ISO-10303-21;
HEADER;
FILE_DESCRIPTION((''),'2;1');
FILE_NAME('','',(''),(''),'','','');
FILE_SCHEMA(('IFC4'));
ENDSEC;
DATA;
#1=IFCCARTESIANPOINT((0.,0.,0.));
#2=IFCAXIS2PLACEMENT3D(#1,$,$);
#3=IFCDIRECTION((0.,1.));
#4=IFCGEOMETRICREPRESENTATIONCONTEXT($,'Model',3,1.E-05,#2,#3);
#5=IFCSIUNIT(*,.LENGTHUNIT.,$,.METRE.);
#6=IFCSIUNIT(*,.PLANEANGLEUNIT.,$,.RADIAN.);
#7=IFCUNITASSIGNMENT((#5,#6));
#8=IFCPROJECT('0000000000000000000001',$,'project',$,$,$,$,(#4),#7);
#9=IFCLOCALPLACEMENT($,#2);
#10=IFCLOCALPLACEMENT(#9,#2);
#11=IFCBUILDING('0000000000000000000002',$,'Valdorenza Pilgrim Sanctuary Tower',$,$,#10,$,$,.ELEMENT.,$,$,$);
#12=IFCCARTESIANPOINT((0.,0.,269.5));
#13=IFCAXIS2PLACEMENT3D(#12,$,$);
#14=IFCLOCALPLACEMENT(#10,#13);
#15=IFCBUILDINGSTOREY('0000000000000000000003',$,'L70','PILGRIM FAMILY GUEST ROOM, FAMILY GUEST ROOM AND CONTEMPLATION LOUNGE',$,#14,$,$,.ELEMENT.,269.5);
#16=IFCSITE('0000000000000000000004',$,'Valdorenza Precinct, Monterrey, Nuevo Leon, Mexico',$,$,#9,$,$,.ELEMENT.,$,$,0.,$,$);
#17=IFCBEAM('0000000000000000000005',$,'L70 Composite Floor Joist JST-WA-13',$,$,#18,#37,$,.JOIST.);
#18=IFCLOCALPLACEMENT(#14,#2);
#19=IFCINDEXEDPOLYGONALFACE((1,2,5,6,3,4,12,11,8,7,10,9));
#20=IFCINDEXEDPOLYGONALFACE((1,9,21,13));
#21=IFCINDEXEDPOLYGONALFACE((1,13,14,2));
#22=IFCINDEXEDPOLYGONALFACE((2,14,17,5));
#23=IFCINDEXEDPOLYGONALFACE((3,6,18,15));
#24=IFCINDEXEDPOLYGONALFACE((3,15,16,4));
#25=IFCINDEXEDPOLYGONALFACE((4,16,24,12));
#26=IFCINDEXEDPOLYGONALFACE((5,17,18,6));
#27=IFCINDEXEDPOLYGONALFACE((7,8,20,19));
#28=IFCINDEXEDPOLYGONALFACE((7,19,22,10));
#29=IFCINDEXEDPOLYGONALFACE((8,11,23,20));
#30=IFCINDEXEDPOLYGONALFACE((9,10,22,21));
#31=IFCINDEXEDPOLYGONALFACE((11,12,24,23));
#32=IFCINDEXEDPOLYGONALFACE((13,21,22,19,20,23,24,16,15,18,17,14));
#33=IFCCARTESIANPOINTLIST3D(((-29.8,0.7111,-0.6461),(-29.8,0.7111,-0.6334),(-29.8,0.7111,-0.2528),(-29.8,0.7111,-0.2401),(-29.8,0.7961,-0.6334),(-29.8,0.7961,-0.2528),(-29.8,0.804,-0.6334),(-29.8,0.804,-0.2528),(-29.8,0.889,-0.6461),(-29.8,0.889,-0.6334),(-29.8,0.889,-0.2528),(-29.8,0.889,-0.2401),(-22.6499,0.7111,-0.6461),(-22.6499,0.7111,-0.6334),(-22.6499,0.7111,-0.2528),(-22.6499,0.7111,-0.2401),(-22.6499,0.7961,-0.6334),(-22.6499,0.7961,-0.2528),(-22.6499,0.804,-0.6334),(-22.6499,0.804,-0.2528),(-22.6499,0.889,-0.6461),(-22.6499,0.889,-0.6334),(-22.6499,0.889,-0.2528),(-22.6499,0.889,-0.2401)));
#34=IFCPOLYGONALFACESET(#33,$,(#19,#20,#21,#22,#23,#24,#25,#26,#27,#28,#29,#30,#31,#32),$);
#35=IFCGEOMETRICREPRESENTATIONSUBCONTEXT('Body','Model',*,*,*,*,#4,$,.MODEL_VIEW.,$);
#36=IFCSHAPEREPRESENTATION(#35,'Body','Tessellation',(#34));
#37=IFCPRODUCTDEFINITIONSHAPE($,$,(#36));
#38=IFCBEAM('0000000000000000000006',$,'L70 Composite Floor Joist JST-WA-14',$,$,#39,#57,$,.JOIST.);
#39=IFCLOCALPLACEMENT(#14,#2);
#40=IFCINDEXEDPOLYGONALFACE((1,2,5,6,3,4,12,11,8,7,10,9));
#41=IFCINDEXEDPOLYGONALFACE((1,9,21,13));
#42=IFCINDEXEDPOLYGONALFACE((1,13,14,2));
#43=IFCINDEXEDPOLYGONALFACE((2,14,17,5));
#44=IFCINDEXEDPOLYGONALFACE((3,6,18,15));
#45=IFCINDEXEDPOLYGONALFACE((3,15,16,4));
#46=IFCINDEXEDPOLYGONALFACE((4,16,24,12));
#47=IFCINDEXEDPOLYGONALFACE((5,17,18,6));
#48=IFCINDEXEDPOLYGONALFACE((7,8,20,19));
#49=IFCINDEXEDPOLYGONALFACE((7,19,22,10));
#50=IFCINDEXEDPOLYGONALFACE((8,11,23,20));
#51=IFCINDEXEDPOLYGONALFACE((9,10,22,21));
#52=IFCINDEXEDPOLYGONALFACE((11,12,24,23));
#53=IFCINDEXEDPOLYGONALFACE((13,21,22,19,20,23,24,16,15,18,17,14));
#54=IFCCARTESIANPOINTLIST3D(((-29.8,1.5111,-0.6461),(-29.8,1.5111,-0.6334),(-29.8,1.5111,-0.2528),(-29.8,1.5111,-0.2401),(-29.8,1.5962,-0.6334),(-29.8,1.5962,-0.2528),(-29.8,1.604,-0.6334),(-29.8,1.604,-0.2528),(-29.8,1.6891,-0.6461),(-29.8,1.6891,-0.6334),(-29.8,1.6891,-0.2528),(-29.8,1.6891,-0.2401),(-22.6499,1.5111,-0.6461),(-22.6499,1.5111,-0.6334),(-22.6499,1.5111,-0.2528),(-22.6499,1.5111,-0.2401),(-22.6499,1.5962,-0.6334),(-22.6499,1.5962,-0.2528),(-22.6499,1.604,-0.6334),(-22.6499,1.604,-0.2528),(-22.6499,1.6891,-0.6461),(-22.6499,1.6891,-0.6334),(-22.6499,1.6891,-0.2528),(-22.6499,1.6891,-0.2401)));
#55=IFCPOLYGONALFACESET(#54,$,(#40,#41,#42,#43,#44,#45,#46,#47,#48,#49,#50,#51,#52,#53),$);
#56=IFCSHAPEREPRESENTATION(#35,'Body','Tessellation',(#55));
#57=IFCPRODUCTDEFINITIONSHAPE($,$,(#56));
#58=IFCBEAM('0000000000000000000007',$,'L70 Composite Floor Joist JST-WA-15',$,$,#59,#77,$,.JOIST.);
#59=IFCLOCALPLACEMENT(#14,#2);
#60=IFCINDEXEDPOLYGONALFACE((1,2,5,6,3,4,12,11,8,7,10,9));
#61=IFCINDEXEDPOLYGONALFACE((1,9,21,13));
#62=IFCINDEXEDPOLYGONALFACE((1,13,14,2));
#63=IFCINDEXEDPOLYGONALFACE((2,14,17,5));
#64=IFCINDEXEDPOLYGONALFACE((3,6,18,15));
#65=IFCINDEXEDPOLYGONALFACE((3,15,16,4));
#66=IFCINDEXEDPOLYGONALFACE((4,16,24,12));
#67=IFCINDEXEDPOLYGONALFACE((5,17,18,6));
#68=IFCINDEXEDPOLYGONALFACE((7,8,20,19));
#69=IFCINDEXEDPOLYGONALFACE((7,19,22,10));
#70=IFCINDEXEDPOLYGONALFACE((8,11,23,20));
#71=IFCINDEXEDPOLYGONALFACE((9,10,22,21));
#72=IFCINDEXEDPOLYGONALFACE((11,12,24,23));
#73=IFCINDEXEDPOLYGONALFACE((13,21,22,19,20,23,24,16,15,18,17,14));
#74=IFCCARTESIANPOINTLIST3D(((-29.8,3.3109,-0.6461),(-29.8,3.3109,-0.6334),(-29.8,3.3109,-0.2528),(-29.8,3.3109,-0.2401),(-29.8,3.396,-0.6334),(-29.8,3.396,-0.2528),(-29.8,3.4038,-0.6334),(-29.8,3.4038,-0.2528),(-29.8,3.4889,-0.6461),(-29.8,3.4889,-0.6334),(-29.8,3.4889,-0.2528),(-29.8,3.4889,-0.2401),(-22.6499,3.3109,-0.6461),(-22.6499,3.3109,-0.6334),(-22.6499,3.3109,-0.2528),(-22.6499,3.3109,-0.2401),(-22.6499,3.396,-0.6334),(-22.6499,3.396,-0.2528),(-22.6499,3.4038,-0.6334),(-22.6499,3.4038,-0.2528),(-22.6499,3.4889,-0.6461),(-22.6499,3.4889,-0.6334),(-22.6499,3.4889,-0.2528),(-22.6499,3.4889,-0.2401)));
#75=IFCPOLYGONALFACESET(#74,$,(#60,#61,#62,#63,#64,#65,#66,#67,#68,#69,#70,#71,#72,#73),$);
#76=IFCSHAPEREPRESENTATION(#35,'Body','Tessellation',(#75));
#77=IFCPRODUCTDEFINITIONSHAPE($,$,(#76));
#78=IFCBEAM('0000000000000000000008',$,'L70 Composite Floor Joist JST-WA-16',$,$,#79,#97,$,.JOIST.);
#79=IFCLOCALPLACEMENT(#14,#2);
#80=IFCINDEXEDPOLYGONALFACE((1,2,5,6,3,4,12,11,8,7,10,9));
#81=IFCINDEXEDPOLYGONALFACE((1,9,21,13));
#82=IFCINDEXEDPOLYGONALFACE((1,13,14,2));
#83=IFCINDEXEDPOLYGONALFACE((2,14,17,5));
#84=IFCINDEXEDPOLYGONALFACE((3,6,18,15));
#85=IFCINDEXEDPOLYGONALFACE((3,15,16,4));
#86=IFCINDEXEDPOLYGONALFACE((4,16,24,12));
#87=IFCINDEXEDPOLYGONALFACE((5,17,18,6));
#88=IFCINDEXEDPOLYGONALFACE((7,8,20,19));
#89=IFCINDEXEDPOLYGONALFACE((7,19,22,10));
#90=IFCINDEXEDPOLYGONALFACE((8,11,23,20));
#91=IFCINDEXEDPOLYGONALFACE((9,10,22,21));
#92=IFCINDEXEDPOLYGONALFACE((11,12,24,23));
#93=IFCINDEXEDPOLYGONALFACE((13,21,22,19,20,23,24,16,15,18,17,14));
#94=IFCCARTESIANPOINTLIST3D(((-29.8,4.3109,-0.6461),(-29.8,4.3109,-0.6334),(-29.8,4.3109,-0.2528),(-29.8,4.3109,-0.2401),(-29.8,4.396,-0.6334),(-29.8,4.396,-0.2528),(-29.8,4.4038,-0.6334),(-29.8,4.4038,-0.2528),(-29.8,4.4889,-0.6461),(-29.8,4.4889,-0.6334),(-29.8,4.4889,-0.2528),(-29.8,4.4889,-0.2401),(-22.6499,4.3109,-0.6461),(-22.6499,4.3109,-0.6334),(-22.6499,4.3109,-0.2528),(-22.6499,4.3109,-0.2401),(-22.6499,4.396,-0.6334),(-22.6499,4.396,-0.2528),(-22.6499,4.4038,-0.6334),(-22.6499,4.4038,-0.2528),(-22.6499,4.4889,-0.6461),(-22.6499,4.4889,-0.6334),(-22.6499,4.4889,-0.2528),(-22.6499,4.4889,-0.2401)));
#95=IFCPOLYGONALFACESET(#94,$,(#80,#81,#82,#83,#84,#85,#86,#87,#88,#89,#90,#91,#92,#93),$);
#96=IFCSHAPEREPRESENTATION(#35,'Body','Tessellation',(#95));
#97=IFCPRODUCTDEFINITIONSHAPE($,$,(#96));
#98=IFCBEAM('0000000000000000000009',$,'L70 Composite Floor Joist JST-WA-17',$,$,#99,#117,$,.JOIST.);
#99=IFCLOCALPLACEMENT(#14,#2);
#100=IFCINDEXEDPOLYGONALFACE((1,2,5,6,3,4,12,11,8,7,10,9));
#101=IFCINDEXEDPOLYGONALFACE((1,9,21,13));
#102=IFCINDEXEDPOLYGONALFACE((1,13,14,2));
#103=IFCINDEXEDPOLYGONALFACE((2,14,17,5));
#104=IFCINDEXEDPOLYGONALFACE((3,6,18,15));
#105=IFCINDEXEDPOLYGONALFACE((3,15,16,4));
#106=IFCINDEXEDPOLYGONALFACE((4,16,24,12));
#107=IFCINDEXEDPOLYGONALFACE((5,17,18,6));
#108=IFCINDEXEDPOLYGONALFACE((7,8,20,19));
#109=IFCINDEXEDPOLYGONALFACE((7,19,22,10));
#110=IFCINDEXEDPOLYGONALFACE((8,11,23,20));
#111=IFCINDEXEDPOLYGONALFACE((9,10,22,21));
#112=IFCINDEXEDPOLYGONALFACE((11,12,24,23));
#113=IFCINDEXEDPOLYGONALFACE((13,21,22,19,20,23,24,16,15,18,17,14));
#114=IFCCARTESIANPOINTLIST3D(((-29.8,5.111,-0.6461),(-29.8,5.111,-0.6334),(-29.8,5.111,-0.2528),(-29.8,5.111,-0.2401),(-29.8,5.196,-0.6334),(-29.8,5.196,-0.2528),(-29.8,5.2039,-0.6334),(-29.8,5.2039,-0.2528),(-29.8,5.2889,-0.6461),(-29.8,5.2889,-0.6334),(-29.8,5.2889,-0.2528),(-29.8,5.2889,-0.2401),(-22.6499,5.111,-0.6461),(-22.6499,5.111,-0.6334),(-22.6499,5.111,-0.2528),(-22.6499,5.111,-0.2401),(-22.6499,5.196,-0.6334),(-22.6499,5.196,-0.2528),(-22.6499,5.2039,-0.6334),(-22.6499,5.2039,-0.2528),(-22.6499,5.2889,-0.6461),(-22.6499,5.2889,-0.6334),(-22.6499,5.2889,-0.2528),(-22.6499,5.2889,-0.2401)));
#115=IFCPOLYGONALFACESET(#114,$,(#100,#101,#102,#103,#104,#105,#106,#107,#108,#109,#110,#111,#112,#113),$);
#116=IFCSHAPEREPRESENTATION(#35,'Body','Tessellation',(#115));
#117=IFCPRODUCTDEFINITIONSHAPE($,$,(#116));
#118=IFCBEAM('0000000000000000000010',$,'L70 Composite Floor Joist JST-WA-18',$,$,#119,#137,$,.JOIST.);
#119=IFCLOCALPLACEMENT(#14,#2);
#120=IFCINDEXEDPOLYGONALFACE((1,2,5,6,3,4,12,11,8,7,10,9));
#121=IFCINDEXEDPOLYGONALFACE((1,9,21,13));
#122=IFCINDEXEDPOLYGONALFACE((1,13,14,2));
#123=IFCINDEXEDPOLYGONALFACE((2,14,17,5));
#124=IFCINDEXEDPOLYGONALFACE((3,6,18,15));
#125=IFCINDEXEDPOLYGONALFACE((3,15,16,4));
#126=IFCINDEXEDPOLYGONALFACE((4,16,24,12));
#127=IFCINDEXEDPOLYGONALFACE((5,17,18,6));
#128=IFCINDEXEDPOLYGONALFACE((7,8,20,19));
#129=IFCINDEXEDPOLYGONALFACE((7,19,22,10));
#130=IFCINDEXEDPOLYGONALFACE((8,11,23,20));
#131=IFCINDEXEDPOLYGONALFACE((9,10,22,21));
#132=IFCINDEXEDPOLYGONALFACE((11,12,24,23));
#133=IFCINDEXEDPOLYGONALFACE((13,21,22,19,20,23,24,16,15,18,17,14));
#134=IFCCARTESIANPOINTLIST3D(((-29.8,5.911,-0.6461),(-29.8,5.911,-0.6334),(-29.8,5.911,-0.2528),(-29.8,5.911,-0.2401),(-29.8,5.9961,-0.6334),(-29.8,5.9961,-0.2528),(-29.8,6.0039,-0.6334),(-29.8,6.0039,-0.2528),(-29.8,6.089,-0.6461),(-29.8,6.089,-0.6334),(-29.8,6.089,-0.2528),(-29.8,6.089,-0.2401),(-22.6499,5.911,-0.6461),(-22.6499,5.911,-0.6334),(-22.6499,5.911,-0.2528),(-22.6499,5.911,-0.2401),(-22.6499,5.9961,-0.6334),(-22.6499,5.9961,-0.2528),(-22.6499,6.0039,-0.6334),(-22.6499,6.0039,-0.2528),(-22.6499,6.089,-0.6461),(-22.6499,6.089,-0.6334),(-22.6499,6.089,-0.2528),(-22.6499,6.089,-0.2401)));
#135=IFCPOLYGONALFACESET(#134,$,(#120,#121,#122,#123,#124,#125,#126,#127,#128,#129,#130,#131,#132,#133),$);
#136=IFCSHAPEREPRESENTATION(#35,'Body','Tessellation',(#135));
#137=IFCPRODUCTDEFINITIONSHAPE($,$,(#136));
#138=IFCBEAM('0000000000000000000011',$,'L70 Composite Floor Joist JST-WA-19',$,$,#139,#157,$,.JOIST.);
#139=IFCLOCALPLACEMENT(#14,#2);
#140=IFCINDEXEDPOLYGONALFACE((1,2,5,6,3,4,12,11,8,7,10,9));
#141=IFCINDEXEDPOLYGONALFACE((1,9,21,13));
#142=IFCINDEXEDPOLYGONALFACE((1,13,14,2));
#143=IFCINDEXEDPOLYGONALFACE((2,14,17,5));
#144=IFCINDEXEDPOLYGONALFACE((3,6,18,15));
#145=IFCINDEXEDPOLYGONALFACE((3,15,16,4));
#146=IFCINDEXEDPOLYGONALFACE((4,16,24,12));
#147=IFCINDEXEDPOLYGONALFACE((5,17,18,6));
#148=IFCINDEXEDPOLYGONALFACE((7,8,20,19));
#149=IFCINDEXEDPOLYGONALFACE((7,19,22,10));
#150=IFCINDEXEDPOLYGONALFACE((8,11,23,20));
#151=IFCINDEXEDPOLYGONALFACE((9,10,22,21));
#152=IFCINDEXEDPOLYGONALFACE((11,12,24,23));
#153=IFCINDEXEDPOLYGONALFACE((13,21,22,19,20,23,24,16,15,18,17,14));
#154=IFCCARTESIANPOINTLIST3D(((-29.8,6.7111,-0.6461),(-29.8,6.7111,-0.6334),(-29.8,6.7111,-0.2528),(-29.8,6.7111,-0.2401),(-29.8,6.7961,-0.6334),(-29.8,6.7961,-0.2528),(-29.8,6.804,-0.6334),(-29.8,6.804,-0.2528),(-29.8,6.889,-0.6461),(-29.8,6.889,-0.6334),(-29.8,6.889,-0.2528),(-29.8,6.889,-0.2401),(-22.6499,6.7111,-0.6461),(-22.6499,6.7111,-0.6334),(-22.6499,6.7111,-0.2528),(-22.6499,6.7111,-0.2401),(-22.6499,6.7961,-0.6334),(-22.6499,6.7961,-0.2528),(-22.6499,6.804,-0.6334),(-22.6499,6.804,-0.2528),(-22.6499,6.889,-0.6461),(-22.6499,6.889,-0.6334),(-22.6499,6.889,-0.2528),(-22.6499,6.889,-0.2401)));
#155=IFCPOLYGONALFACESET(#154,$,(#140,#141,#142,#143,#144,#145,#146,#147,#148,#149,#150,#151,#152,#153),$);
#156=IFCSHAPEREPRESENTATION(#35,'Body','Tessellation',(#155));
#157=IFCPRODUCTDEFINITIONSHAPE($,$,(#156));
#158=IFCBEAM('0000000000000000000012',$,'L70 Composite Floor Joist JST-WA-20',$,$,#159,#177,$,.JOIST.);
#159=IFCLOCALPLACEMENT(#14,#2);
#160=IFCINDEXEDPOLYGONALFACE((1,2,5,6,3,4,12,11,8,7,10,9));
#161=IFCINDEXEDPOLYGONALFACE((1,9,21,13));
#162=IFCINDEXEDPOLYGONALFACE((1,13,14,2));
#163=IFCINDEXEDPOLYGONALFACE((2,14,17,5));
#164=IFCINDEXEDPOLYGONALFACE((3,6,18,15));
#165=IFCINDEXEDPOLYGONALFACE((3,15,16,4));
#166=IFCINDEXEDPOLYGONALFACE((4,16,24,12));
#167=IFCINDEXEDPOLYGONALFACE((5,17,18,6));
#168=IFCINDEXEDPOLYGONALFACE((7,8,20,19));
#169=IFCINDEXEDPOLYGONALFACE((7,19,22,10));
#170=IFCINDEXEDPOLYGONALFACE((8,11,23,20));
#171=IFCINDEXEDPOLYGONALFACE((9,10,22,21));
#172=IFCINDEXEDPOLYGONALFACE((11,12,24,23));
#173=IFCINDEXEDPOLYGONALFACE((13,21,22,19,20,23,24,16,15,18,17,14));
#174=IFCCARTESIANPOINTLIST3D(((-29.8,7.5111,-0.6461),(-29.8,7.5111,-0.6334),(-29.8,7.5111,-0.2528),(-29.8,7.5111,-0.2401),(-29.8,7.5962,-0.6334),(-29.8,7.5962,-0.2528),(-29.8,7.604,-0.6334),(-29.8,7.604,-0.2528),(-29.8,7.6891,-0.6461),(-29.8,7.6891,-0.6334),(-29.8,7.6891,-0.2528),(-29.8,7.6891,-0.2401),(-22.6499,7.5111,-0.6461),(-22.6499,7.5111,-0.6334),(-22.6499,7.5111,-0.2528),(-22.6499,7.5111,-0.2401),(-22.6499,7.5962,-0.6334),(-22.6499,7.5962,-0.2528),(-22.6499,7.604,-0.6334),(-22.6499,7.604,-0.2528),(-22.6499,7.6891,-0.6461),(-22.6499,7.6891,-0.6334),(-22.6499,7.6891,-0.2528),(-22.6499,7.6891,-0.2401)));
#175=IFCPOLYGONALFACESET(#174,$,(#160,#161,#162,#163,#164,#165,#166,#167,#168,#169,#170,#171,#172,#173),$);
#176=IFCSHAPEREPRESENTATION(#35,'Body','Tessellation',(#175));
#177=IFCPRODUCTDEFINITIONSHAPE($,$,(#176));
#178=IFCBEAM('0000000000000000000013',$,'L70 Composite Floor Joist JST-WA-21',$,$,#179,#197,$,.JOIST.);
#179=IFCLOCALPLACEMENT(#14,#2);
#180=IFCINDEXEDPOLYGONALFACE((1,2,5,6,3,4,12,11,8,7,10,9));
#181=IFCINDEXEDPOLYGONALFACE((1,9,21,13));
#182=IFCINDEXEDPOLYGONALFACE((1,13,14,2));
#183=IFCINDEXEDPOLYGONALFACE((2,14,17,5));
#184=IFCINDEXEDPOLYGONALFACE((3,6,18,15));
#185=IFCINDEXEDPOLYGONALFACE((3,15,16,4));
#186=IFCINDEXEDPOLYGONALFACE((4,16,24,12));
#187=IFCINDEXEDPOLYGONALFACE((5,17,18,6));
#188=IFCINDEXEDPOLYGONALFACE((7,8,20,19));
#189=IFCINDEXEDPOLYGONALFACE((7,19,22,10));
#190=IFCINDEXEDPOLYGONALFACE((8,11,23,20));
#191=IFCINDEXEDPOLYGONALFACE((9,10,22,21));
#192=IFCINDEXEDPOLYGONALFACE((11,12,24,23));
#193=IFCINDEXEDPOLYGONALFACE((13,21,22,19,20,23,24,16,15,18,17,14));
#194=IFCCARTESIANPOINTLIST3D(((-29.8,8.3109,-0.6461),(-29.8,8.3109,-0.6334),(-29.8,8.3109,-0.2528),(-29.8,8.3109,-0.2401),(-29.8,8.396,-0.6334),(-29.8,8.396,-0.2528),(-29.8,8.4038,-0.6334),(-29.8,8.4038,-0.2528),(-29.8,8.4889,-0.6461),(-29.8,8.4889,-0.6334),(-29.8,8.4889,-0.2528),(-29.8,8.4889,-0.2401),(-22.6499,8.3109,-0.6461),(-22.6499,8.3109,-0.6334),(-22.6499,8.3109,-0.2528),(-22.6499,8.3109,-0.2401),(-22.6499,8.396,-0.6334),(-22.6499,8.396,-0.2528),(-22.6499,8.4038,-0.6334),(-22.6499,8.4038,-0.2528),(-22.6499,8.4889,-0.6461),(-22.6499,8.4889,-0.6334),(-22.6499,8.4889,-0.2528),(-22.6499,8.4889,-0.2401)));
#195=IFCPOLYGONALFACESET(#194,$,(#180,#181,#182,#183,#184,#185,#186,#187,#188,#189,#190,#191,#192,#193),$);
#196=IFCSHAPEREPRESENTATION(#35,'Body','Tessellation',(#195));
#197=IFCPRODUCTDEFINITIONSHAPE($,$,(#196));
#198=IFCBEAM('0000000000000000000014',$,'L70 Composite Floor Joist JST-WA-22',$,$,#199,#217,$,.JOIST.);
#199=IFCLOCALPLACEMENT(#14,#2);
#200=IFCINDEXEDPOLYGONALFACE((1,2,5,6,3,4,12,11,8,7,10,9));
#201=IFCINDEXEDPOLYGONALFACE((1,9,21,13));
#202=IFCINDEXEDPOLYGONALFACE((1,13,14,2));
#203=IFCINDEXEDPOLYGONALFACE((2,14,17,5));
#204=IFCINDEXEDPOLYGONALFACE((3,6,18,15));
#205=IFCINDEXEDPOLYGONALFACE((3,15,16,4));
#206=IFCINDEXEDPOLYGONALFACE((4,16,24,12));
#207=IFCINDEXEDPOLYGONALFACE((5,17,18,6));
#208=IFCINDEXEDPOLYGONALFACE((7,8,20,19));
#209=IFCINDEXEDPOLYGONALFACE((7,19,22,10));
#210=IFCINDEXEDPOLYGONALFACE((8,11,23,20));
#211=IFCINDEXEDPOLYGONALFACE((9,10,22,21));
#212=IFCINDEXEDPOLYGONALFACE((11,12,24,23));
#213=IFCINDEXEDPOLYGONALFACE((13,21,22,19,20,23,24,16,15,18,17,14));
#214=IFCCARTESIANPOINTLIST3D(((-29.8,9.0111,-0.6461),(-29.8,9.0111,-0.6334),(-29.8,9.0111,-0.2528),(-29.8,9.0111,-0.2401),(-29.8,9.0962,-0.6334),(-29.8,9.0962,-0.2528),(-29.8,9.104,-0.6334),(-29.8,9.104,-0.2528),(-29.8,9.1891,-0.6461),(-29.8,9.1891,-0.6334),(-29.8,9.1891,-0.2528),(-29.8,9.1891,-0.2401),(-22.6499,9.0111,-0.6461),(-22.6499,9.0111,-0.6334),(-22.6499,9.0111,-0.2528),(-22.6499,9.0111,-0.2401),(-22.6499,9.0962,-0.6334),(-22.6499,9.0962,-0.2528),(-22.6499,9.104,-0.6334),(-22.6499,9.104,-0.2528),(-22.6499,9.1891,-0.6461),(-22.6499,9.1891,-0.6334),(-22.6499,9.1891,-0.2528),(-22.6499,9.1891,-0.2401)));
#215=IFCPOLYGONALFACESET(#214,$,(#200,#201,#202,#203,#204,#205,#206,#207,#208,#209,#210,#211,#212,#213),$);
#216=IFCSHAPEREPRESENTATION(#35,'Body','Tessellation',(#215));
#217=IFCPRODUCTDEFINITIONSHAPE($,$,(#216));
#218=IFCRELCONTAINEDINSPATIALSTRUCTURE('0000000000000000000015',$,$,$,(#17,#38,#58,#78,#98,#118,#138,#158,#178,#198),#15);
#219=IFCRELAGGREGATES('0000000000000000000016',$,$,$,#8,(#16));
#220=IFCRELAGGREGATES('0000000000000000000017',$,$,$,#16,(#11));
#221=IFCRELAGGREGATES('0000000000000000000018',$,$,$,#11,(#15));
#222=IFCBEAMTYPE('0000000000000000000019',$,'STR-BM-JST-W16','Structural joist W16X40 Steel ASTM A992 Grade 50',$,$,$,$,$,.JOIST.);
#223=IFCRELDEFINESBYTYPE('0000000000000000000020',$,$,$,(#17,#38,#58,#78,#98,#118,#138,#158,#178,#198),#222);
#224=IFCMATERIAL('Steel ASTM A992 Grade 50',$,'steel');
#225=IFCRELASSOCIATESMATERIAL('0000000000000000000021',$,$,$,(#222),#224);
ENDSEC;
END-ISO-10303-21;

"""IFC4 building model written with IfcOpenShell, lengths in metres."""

from ifc_helpers import new_model, si_unit, direction, frame, origin, origin_2d, place, context, subcontext, project, spatial, i_section, extrude, source, transform, mapped, material, material_profile, profile_set, type_object, element, save


model = new_model("IFC4")

# Units and contexts
model_context = context("Model", 3, precision=1e-05, world=origin(), true_north=direction((0.0, 1.0)))
body_context = subcontext(model_context, "Body", "Model", "MODEL_VIEW")
ifc_project = project(units=[si_unit("LENGTHUNIT", "METRE"), si_unit("PLANEANGLEUNIT", "RADIAN")], contexts=[model_context])

# Site, building, storey
site_placement = place(None, origin())
site = spatial("IfcSite", under=ifc_project, at=site_placement, Name="Valdorenza Precinct, Monterrey, Nuevo Leon, Mexico", CompositionType="ELEMENT", RefElevation=0.0)
building_placement = place(site_placement, origin())
building = spatial("IfcBuilding", under=site, at=building_placement, Name="Valdorenza Pilgrim Sanctuary Tower", CompositionType="ELEMENT")
storey_placement = place(building_placement, frame((0.0, 0.0, 269.5)))
storey = spatial("IfcBuildingStorey", under=building, at=storey_placement, Name="L70", Description="PILGRIM FAMILY GUEST ROOM, FAMILY GUEST ROOM AND CONTEMPLATION LOUNGE", CompositionType="ELEMENT", Elevation=269.5)

# Beams
ifc_material_1 = material(Name="Steel ASTM A992 Grade 50", Category="steel")
ifc_material_profile_1 = material_profile(ifc_material_1, i_section(OverallWidth=0.178, OverallDepth=0.406, WebThickness=0.0078, FlangeThickness=0.0127, at=origin_2d()), Name="W16X40")
ifc_profile_set_1 = profile_set([ifc_material_profile_1], Name="Steel ASTM A992 Grade 50")
beam_type = type_object("IfcBeamType", Name="STR-BM-JST-W16", Description="Structural joist W16X40 Steel ASTM A992 Grade 50", PredefinedType="JOIST", material=ifc_profile_set_1)
shared_shape_1 = source(origin(), body_context, "Body", "SweptSolid", [
    extrude(i_section(OverallWidth=0.178, OverallDepth=0.406, WebThickness=0.0078, FlangeThickness=0.0127, at=origin_2d()), origin(), (0.0, 0.0, 1.0), 7.1501),
])
for number, where, z_axis, x_axis, name in (
    (1, (-29.8, 0.8, -0.4431), (1.0, 0.0, 0.0), (0.0, 1.0, 0.0), "L70 Composite Floor Joist JST-WA-13"),
    (2, (-29.8, 1.6001, -0.4431), (1.0, 0.0, 0.0), (0.0, 1.0, 0.0), "L70 Composite Floor Joist JST-WA-14"),
    (3, (-29.8, 3.3999, -0.4431), (1.0, 0.0, 0.0), (0.0, 1.0, 0.0), "L70 Composite Floor Joist JST-WA-15"),
    (4, (-29.8, 4.3999, -0.4431), (1.0, 0.0, 0.0), (0.0, 1.0, 0.0), "L70 Composite Floor Joist JST-WA-16"),
    (5, (-29.8, 5.2, -0.4431), (1.0, 0.0, 0.0), (0.0, 1.0, 0.0), "L70 Composite Floor Joist JST-WA-17"),
    (6, (-29.8, 6.0, -0.4431), (1.0, 0.0, 0.0), (0.0, 1.0, 0.0), "L70 Composite Floor Joist JST-WA-18"),
    (7, (-29.8, 6.8, -0.4431), (1.0, 0.0, 0.0), (0.0, 1.0, 0.0), "L70 Composite Floor Joist JST-WA-19"),
    (8, (-29.8, 7.6001, -0.4431), (1.0, 0.0, 0.0), (0.0, 1.0, 0.0), "L70 Composite Floor Joist JST-WA-20"),
    (9, (-29.8, 8.3999, -0.4431), (1.0, 0.0, 0.0), (0.0, 1.0, 0.0), "L70 Composite Floor Joist JST-WA-21"),
    (10, (-29.8, 9.1001, -0.4431), (1.0, 0.0, 0.0), (0.0, 1.0, 0.0), "L70 Composite Floor Joist JST-WA-22"),
):
    element("IfcBeam", number, at=place(storey_placement, frame(where, z_axis=z_axis, x_axis=x_axis)), inside=storey, type_object=beam_type, Name=name, PredefinedType="JOIST", context=body_context, shape_type="MappedRepresentation", body=[
        mapped(shared_shape_1, transform((0.0, 0.0, 0.0), x_axis=(1.0, 0.0, 0.0), y_axis=(0.0, 1.0, 0.0), z_axis=(0.0, 0.0, 1.0), scale=1.0)),
    ])

save(model, "model.ifc")
